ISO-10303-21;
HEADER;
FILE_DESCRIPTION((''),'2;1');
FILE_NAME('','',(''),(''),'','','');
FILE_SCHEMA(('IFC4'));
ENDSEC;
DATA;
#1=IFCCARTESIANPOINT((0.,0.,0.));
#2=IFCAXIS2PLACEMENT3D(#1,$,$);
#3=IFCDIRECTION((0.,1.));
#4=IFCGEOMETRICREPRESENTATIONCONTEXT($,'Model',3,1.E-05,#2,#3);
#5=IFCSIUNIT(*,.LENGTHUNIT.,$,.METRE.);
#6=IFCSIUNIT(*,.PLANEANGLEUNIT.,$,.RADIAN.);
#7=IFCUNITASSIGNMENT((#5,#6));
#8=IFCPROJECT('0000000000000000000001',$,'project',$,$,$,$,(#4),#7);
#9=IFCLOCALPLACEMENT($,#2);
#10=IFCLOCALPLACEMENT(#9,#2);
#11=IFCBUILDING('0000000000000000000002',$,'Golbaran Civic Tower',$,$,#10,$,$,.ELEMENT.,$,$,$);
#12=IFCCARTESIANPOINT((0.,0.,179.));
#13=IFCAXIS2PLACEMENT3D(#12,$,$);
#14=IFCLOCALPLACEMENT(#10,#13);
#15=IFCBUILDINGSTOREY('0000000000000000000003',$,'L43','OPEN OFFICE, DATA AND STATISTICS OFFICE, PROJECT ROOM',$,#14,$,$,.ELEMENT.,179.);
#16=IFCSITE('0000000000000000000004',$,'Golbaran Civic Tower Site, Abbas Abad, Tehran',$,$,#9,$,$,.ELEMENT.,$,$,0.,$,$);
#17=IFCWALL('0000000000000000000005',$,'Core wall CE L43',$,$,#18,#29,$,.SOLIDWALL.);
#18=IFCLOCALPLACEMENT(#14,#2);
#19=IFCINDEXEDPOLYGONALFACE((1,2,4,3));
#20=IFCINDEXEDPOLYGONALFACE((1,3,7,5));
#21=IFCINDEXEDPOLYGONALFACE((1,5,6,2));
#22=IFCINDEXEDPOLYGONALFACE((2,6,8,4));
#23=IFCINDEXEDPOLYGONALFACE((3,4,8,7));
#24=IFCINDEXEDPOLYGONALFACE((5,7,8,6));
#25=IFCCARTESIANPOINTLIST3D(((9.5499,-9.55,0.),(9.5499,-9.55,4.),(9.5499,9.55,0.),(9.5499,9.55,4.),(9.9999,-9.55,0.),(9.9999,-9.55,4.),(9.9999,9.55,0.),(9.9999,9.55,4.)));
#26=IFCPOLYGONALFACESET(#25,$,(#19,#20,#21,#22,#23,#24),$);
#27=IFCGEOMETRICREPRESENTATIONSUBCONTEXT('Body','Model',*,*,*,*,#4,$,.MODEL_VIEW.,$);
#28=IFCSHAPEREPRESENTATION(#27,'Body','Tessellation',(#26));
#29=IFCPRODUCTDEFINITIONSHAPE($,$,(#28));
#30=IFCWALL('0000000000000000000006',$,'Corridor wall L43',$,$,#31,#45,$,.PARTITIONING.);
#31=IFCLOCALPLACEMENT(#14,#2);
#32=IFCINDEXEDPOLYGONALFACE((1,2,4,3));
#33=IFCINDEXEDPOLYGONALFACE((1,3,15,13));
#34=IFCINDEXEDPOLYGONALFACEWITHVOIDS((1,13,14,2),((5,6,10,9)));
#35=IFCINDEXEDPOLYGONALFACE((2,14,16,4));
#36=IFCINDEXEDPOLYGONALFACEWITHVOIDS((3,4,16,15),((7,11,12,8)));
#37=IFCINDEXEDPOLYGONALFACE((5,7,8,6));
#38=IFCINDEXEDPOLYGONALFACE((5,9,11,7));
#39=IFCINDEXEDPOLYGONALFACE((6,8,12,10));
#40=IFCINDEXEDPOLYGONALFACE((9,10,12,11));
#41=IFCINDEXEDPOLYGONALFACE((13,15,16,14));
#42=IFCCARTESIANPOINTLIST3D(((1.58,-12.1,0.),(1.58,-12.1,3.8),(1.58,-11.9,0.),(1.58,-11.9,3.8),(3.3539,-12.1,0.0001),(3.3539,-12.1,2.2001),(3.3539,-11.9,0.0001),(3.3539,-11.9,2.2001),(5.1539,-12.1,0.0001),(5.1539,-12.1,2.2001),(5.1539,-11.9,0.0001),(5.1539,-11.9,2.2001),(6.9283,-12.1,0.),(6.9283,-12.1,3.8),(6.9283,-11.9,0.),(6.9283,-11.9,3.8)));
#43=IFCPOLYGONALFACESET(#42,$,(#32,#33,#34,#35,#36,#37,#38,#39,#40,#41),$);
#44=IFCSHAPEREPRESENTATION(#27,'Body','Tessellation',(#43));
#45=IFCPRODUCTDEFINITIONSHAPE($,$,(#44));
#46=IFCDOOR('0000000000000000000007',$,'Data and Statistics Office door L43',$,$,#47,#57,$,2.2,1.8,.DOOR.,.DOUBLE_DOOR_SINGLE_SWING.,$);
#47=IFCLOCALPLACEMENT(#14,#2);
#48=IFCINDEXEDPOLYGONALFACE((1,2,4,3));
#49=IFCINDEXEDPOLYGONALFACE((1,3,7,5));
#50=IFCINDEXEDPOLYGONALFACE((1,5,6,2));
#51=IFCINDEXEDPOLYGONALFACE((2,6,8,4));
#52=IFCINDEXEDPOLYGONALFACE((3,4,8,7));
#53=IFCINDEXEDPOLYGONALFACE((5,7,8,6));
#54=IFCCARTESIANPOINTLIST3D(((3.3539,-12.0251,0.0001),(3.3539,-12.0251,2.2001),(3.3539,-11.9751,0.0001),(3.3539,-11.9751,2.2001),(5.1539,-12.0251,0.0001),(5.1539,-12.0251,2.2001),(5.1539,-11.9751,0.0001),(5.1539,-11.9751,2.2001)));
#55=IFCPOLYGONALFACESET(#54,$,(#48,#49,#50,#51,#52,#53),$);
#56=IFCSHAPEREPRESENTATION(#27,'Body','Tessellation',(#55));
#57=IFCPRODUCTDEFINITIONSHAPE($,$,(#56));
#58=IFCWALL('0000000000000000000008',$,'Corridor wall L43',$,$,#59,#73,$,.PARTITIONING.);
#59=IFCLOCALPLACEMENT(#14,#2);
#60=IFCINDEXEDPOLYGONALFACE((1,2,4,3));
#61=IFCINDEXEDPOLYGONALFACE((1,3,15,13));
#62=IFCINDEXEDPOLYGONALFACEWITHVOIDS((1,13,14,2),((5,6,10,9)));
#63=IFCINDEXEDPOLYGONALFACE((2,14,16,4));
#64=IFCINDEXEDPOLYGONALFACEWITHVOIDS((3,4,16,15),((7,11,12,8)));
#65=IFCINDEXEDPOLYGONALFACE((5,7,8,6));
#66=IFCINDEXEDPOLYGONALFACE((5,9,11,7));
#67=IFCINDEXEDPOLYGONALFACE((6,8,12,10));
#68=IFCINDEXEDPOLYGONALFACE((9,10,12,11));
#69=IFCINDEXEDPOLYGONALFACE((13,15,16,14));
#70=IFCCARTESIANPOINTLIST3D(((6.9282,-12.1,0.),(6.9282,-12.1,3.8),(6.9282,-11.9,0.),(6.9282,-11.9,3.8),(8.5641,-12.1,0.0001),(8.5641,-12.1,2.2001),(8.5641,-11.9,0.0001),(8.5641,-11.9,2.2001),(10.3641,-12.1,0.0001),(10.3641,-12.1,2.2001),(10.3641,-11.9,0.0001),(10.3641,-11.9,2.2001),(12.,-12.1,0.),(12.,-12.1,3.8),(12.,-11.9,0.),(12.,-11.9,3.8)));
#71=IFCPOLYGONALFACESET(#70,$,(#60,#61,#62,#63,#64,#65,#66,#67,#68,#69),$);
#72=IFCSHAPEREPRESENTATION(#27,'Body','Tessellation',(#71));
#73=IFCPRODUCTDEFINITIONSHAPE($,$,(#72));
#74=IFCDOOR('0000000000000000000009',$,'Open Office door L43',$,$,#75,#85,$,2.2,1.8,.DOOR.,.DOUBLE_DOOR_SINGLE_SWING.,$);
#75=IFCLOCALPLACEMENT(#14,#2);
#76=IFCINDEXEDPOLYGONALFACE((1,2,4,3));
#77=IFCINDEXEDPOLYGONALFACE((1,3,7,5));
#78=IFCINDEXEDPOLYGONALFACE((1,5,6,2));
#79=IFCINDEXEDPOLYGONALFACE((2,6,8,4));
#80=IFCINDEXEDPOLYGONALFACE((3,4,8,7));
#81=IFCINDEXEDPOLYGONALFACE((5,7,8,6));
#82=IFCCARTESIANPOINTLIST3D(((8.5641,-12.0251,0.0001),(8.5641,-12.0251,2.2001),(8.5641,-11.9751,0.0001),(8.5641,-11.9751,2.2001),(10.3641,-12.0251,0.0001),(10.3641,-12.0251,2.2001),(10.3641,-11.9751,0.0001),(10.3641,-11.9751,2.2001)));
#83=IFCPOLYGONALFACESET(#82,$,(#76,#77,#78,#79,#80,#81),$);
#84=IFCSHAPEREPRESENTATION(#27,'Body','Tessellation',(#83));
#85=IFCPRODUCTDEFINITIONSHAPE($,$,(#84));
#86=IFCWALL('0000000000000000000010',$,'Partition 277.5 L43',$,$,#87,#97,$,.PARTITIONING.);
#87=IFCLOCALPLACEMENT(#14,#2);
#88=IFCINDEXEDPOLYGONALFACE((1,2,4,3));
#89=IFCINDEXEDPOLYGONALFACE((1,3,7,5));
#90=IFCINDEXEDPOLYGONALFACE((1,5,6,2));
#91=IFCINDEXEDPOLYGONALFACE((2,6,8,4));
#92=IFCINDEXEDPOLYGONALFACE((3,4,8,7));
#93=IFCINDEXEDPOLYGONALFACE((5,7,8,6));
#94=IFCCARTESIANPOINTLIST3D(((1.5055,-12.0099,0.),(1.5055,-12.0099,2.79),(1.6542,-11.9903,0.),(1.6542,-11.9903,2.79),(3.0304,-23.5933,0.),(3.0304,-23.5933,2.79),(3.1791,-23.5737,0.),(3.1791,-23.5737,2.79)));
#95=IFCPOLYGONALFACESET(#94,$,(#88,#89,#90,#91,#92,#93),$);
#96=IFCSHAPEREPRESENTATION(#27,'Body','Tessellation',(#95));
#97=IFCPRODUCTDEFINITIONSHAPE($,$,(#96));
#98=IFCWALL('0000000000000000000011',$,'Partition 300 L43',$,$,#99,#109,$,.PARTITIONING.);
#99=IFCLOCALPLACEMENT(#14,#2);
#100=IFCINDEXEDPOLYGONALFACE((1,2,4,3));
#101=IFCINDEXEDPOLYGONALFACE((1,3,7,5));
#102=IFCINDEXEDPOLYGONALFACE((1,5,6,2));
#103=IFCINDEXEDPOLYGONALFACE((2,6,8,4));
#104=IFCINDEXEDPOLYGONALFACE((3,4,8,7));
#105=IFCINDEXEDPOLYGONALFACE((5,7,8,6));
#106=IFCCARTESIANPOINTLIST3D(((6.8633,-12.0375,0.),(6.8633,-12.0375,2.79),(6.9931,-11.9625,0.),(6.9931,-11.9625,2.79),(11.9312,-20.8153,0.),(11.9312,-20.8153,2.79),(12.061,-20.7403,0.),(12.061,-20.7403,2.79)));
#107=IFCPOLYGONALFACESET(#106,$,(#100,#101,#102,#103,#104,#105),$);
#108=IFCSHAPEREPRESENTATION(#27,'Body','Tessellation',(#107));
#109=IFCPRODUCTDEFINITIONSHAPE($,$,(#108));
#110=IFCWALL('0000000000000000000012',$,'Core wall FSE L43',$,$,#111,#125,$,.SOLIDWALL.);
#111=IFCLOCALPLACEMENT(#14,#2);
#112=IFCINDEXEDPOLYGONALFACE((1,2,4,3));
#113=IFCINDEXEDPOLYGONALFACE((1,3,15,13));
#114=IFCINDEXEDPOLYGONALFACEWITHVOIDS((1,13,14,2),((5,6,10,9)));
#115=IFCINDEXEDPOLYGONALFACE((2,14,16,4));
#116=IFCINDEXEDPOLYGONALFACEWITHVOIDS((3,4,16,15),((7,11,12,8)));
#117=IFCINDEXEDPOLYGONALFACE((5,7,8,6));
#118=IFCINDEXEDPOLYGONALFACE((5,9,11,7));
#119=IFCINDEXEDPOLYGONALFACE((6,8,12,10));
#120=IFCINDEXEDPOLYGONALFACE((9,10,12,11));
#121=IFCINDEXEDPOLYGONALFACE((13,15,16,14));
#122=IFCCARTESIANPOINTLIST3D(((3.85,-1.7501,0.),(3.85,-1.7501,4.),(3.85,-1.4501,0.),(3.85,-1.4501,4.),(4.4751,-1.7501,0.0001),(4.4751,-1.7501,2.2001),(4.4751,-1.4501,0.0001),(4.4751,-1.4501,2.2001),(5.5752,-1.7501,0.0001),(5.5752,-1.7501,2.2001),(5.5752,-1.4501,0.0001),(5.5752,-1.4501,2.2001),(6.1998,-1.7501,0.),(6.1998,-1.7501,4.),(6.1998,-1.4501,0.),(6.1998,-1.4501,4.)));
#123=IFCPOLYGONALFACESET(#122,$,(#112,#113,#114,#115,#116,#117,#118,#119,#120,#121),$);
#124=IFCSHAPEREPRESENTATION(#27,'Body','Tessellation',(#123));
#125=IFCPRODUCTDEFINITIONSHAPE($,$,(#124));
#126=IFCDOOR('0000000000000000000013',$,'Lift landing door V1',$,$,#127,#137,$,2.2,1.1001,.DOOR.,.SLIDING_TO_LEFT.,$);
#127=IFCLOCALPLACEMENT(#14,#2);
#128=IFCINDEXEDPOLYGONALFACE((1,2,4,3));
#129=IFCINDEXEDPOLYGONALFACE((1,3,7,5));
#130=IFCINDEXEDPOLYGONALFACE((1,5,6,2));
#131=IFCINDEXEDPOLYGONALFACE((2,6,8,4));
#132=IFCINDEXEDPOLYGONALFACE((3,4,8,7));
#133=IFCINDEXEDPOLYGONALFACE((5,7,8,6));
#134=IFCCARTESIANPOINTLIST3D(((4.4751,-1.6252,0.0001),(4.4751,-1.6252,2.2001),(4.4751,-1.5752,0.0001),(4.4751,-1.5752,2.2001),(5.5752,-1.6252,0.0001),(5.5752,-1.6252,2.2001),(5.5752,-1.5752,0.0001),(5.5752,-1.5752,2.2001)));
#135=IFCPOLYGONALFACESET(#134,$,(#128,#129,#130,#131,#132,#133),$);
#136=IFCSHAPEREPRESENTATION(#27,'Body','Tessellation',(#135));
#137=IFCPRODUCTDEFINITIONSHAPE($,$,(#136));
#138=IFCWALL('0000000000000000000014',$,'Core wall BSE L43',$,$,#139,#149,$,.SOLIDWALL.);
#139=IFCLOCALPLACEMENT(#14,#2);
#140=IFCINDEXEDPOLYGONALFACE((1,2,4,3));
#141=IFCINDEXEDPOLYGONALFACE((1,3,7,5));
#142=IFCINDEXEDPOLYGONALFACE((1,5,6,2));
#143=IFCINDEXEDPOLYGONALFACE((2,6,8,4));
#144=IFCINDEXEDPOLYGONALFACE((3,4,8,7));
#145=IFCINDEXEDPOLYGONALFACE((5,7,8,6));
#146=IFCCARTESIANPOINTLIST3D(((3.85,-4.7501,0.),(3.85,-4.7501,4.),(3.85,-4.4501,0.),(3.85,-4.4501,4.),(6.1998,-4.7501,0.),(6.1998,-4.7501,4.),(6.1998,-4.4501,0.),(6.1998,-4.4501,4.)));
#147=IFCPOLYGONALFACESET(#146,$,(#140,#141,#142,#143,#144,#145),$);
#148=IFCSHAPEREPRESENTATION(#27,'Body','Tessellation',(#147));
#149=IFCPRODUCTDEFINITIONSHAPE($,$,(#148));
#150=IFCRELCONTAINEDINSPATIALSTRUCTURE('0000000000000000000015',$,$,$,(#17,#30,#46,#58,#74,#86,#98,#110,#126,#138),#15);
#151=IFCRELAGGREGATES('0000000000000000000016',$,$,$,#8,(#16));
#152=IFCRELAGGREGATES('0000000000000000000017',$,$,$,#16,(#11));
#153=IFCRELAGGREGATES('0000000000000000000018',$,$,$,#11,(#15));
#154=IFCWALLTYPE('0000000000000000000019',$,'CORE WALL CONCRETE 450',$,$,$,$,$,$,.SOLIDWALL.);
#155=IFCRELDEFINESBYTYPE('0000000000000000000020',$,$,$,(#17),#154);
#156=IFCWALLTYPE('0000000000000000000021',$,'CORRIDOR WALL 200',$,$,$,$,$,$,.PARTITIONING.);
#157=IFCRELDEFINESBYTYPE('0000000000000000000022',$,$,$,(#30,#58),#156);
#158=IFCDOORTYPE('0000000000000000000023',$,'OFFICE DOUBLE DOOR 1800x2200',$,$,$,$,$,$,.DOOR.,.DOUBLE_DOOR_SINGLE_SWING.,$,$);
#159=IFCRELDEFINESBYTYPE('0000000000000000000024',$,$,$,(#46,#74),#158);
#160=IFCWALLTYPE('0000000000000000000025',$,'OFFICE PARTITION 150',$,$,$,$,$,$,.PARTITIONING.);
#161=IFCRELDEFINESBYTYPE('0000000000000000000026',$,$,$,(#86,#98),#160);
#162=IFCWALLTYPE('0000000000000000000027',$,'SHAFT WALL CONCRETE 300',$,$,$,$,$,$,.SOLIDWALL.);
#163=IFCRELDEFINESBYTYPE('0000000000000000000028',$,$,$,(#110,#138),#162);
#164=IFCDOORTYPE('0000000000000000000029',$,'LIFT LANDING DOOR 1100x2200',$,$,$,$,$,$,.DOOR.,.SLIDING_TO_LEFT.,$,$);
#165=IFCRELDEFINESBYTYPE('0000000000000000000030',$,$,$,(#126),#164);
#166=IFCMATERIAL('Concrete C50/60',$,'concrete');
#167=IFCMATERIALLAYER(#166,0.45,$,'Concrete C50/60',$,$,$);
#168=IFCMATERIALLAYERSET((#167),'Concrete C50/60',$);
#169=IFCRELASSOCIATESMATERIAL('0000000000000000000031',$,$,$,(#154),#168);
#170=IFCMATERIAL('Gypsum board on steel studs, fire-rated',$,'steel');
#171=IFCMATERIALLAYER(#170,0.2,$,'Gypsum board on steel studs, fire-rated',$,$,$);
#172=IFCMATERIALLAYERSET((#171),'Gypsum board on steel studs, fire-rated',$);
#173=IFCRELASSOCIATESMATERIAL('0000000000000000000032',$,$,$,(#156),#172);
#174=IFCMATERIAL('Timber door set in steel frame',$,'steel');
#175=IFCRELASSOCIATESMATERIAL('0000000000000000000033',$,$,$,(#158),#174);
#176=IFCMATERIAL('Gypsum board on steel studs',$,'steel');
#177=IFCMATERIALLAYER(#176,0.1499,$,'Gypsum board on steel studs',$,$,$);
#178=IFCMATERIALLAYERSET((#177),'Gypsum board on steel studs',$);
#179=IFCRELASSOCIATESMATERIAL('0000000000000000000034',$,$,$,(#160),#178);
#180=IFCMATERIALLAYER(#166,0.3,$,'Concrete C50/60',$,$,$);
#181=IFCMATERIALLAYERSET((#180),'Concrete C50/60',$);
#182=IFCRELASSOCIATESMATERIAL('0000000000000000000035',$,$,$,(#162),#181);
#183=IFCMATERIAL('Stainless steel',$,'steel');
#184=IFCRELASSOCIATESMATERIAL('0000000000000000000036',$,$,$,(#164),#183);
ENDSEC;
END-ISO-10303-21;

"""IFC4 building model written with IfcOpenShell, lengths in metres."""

from ifc_helpers import new_model, si_unit, direction, frame, frame_2d, origin, place, context, subcontext, project, spatial, rectangle, extrude, material, layer, layer_set, type_object, element, fill, save


model = new_model("IFC4")

# Units and contexts
model_context = context("Model", 3, precision=1e-05, world=origin(), true_north=direction((0.0, 1.0)))
body_context = subcontext(model_context, "Body", "Model", "MODEL_VIEW")
ifc_project = project(units=[si_unit("LENGTHUNIT", "METRE"), si_unit("PLANEANGLEUNIT", "RADIAN")], contexts=[model_context])

# Site, building, storey
site_placement = place(None, origin())
site = spatial("IfcSite", under=ifc_project, at=site_placement, Name="Golbaran Civic Tower Site, Abbas Abad, Tehran", CompositionType="ELEMENT", RefElevation=0.0)
building_placement = place(site_placement, origin())
building = spatial("IfcBuilding", under=site, at=building_placement, Name="Golbaran Civic Tower", CompositionType="ELEMENT")
storey_placement = place(building_placement, frame((0.0, 0.0, 179.0)))
storey = spatial("IfcBuildingStorey", under=building, at=storey_placement, Name="L43", Description="OPEN OFFICE, DATA AND STATISTICS OFFICE, PROJECT ROOM", CompositionType="ELEMENT", Elevation=179.0)

# Wall
ifc_material_1 = material(Name="Concrete C50/60", Category="concrete")
ifc_layer_1 = layer(ifc_material_1, 0.45, Name="Concrete C50/60")
ifc_layer_set_1 = layer_set([ifc_layer_1], Name="Concrete C50/60")
wall_type_1 = type_object("IfcWallType", Name="CORE WALL CONCRETE 450", PredefinedType="SOLIDWALL", material=ifc_layer_set_1)
wall_1_placement = place(storey_placement, frame((9.7749, -9.55, 0.0), z_axis=(0.0, 0.0, 1.0), x_axis=(0.0, 1.0, 0.0)))
element("IfcWall", 1, at=wall_1_placement, inside=storey, type_object=wall_type_1, Name="Core wall CE L43", PredefinedType="SOLIDWALL", context=body_context, shape_type="SweptSolid", body=[
    extrude(rectangle(XDim=19.1001, YDim=0.45, at=frame_2d((9.55, 0.0))), origin(), (0.0, 0.0, 1.0), 4.0),
])

# Walls, openings, doors
ifc_material_2 = material(Name="Gypsum board on steel studs, fire-rated", Category="steel")
ifc_layer_2 = layer(ifc_material_2, 0.2, Name="Gypsum board on steel studs, fire-rated")
ifc_layer_set_2 = layer_set([ifc_layer_2], Name="Gypsum board on steel studs, fire-rated")
wall_type_2 = type_object("IfcWallType", Name="CORRIDOR WALL 200", PredefinedType="PARTITIONING", material=ifc_layer_set_2)
wall_2_placement = place(storey_placement, frame((1.5798, -12.0, 0.0), z_axis=(0.0, 0.0, 1.0), x_axis=(1.0, 0.0, 0.0)))
wall_2 = element("IfcWall", 2, at=wall_2_placement, inside=storey, type_object=wall_type_2, Name="Corridor wall L43", PredefinedType="PARTITIONING", context=body_context, shape_type="SweptSolid", body=[
    extrude(rectangle(XDim=5.3484, YDim=0.2, at=frame_2d((2.6743, 0.0))), origin(), (0.0, 0.0, 1.0), 3.8),
])
opening_1_placement = place(wall_2_placement, frame((1.7742, 0.0, 0.0)))
opening_1 = element("IfcOpeningElement", 3, at=opening_1_placement, cuts=wall_2, PredefinedType="OPENING", context=body_context, shape_type="SweptSolid", body=[
    extrude(rectangle(XDim=1.8, YDim=2.2, at=frame_2d((0.8999, 1.1001))), frame((0.0, 0.1099, 0.0), z_axis=(0.0, -1.0, 0.0), x_axis=(1.0, 0.0, 0.0)), (0.0, 0.0, 1.0), 0.22),
])
ifc_material_3 = material(Name="Timber door set in steel frame", Category="steel")
door_type_1 = type_object("IfcDoorType", Name="OFFICE DOUBLE DOOR 1800x2200", OperationType="DOUBLE_DOOR_SINGLE_SWING", PredefinedType="DOOR", material=ifc_material_3)
door_1_placement = place(opening_1_placement, origin())
door_1 = element("IfcDoor", 4, at=door_1_placement, inside=storey, type_object=door_type_1, Name="Data and Statistics Office door L43", OperationType="DOUBLE_DOOR_SINGLE_SWING", OverallHeight=2.2, OverallWidth=1.8, PredefinedType="DOOR", context=body_context, shape_type="SweptSolid", body=[
    extrude(rectangle(XDim=1.8, YDim=2.2, at=frame_2d((0.8999, 1.1001))), frame((0.0, 0.0249, 0.0), z_axis=(0.0, -1.0, 0.0), x_axis=(1.0, 0.0, 0.0)), (0.0, 0.0, 1.0), 0.05),
])
fill(opening_1, door_1)
wall_3_placement = place(storey_placement, frame((6.9282, -12.0, 0.0), z_axis=(0.0, 0.0, 1.0), x_axis=(1.0, 0.0, 0.0)))
wall_3 = element("IfcWall", 5, at=wall_3_placement, inside=storey, type_object=wall_type_2, Name="Corridor wall L43", PredefinedType="PARTITIONING", context=body_context, shape_type="SweptSolid", body=[
    extrude(rectangle(XDim=5.0718, YDim=0.2, at=frame_2d((2.5359, 0.0))), origin(), (0.0, 0.0, 1.0), 3.8),
])
opening_2_placement = place(wall_3_placement, frame((1.636, 0.0, 0.0)))
opening_2 = element("IfcOpeningElement", 6, at=opening_2_placement, cuts=wall_3, PredefinedType="OPENING", context=body_context, shape_type="SweptSolid", body=[
    extrude(rectangle(XDim=1.8, YDim=2.2, at=frame_2d((0.8999, 1.1001))), frame((0.0, 0.1099, 0.0), z_axis=(0.0, -1.0, 0.0), x_axis=(1.0, 0.0, 0.0)), (0.0, 0.0, 1.0), 0.22),
])
door_2_placement = place(opening_2_placement, origin())
door_2 = element("IfcDoor", 7, at=door_2_placement, inside=storey, type_object=door_type_1, Name="Open Office door L43", OperationType="DOUBLE_DOOR_SINGLE_SWING", OverallHeight=2.2, OverallWidth=1.8, PredefinedType="DOOR", context=body_context, shape_type="SweptSolid", body=[
    extrude(rectangle(XDim=1.8, YDim=2.2, at=frame_2d((0.8999, 1.1001))), frame((0.0, 0.0249, 0.0), z_axis=(0.0, -1.0, 0.0), x_axis=(1.0, 0.0, 0.0)), (0.0, 0.0, 1.0), 0.05),
])
fill(opening_2, door_2)

# Walls
ifc_material_4 = material(Name="Gypsum board on steel studs", Category="steel")
ifc_layer_3 = layer(ifc_material_4, 0.1499, Name="Gypsum board on steel studs")
ifc_layer_set_3 = layer_set([ifc_layer_3], Name="Gypsum board on steel studs")
wall_type_3 = type_object("IfcWallType", Name="OFFICE PARTITION 150", PredefinedType="PARTITIONING", material=ifc_layer_set_3)
wall_4_placement = place(storey_placement, frame((1.5798, -12.0, 0.0), z_axis=(0.0, 0.0, 1.0), x_axis=(0.130518, -0.991446, 0.0)))
element("IfcWall", 8, at=wall_4_placement, inside=storey, type_object=wall_type_3, Name="Partition 277.5 L43", PredefinedType="PARTITIONING", context=body_context, shape_type="SweptSolid", body=[
    extrude(rectangle(XDim=11.6833, YDim=0.1499, at=frame_2d((5.8418, 0.0))), origin(), (0.0, 0.0, 1.0), 2.79),
])
wall_5_placement = place(storey_placement, frame((6.9282, -12.0, 0.0), z_axis=(0.0, 0.0, 1.0), x_axis=(0.499999, -0.866026, 0.0)))
element("IfcWall", 9, at=wall_5_placement, inside=storey, type_object=wall_type_3, Name="Partition 300 L43", PredefinedType="PARTITIONING", context=body_context, shape_type="SweptSolid", body=[
    extrude(rectangle(XDim=10.1357, YDim=0.1499, at=frame_2d((5.0679, 0.0))), origin(), (0.0, 0.0, 1.0), 2.79),
])

# Wall, opening, door
ifc_layer_4 = layer(ifc_material_1, 0.3, Name="Concrete C50/60")
ifc_layer_set_4 = layer_set([ifc_layer_4], Name="Concrete C50/60")
wall_type_4 = type_object("IfcWallType", Name="SHAFT WALL CONCRETE 300", PredefinedType="SOLIDWALL", material=ifc_layer_set_4)
wall_6_placement = place(storey_placement, frame((3.8501, -1.6001, 0.0), z_axis=(0.0, 0.0, 1.0), x_axis=(1.0, 0.0, 0.0)))
wall_6 = element("IfcWall", 10, at=wall_6_placement, inside=storey, type_object=wall_type_4, Name="Core wall FSE L43", PredefinedType="SOLIDWALL", context=body_context, shape_type="SweptSolid", body=[
    extrude(rectangle(XDim=2.3499, YDim=0.3, at=frame_2d((1.1748, 0.0))), origin(), (0.0, 0.0, 1.0), 4.0),
])
opening_3_placement = place(wall_6_placement, frame((0.625, 0.0, 0.0)))
opening_3 = element("IfcOpeningElement", 11, at=opening_3_placement, cuts=wall_6, PredefinedType="OPENING", context=body_context, shape_type="SweptSolid", body=[
    extrude(rectangle(XDim=1.1001, YDim=2.2, at=frame_2d((0.55, 1.1001))), frame((0.0, 0.1599, 0.0), z_axis=(0.0, -1.0, 0.0), x_axis=(1.0, 0.0, 0.0)), (0.0, 0.0, 1.0), 0.3201),
])
ifc_material_5 = material(Name="Stainless steel", Category="steel")
door_type_2 = type_object("IfcDoorType", Name="LIFT LANDING DOOR 1100x2200", OperationType="SLIDING_TO_LEFT", PredefinedType="DOOR", material=ifc_material_5)
door_3_placement = place(opening_3_placement, origin())
door_3 = element("IfcDoor", 12, at=door_3_placement, inside=storey, type_object=door_type_2, Name="Lift landing door V1", OperationType="SLIDING_TO_LEFT", OverallHeight=2.2, OverallWidth=1.1001, PredefinedType="DOOR", context=body_context, shape_type="SweptSolid", body=[
    extrude(rectangle(XDim=1.1001, YDim=2.2, at=frame_2d((0.55, 1.1001))), frame((0.0, 0.0249, 0.0), z_axis=(0.0, -1.0, 0.0), x_axis=(1.0, 0.0, 0.0)), (0.0, 0.0, 1.0), 0.05),
])
fill(opening_3, door_3)

# Wall
wall_7_placement = place(storey_placement, frame((3.8501, -4.6001, 0.0), z_axis=(0.0, 0.0, 1.0), x_axis=(1.0, 0.0, 0.0)))
element("IfcWall", 13, at=wall_7_placement, inside=storey, type_object=wall_type_4, Name="Core wall BSE L43", PredefinedType="SOLIDWALL", context=body_context, shape_type="SweptSolid", body=[
    extrude(rectangle(XDim=2.3499, YDim=0.3, at=frame_2d((1.1748, 0.0))), origin(), (0.0, 0.0, 1.0), 4.0),
])

save(model, "model.ifc")
